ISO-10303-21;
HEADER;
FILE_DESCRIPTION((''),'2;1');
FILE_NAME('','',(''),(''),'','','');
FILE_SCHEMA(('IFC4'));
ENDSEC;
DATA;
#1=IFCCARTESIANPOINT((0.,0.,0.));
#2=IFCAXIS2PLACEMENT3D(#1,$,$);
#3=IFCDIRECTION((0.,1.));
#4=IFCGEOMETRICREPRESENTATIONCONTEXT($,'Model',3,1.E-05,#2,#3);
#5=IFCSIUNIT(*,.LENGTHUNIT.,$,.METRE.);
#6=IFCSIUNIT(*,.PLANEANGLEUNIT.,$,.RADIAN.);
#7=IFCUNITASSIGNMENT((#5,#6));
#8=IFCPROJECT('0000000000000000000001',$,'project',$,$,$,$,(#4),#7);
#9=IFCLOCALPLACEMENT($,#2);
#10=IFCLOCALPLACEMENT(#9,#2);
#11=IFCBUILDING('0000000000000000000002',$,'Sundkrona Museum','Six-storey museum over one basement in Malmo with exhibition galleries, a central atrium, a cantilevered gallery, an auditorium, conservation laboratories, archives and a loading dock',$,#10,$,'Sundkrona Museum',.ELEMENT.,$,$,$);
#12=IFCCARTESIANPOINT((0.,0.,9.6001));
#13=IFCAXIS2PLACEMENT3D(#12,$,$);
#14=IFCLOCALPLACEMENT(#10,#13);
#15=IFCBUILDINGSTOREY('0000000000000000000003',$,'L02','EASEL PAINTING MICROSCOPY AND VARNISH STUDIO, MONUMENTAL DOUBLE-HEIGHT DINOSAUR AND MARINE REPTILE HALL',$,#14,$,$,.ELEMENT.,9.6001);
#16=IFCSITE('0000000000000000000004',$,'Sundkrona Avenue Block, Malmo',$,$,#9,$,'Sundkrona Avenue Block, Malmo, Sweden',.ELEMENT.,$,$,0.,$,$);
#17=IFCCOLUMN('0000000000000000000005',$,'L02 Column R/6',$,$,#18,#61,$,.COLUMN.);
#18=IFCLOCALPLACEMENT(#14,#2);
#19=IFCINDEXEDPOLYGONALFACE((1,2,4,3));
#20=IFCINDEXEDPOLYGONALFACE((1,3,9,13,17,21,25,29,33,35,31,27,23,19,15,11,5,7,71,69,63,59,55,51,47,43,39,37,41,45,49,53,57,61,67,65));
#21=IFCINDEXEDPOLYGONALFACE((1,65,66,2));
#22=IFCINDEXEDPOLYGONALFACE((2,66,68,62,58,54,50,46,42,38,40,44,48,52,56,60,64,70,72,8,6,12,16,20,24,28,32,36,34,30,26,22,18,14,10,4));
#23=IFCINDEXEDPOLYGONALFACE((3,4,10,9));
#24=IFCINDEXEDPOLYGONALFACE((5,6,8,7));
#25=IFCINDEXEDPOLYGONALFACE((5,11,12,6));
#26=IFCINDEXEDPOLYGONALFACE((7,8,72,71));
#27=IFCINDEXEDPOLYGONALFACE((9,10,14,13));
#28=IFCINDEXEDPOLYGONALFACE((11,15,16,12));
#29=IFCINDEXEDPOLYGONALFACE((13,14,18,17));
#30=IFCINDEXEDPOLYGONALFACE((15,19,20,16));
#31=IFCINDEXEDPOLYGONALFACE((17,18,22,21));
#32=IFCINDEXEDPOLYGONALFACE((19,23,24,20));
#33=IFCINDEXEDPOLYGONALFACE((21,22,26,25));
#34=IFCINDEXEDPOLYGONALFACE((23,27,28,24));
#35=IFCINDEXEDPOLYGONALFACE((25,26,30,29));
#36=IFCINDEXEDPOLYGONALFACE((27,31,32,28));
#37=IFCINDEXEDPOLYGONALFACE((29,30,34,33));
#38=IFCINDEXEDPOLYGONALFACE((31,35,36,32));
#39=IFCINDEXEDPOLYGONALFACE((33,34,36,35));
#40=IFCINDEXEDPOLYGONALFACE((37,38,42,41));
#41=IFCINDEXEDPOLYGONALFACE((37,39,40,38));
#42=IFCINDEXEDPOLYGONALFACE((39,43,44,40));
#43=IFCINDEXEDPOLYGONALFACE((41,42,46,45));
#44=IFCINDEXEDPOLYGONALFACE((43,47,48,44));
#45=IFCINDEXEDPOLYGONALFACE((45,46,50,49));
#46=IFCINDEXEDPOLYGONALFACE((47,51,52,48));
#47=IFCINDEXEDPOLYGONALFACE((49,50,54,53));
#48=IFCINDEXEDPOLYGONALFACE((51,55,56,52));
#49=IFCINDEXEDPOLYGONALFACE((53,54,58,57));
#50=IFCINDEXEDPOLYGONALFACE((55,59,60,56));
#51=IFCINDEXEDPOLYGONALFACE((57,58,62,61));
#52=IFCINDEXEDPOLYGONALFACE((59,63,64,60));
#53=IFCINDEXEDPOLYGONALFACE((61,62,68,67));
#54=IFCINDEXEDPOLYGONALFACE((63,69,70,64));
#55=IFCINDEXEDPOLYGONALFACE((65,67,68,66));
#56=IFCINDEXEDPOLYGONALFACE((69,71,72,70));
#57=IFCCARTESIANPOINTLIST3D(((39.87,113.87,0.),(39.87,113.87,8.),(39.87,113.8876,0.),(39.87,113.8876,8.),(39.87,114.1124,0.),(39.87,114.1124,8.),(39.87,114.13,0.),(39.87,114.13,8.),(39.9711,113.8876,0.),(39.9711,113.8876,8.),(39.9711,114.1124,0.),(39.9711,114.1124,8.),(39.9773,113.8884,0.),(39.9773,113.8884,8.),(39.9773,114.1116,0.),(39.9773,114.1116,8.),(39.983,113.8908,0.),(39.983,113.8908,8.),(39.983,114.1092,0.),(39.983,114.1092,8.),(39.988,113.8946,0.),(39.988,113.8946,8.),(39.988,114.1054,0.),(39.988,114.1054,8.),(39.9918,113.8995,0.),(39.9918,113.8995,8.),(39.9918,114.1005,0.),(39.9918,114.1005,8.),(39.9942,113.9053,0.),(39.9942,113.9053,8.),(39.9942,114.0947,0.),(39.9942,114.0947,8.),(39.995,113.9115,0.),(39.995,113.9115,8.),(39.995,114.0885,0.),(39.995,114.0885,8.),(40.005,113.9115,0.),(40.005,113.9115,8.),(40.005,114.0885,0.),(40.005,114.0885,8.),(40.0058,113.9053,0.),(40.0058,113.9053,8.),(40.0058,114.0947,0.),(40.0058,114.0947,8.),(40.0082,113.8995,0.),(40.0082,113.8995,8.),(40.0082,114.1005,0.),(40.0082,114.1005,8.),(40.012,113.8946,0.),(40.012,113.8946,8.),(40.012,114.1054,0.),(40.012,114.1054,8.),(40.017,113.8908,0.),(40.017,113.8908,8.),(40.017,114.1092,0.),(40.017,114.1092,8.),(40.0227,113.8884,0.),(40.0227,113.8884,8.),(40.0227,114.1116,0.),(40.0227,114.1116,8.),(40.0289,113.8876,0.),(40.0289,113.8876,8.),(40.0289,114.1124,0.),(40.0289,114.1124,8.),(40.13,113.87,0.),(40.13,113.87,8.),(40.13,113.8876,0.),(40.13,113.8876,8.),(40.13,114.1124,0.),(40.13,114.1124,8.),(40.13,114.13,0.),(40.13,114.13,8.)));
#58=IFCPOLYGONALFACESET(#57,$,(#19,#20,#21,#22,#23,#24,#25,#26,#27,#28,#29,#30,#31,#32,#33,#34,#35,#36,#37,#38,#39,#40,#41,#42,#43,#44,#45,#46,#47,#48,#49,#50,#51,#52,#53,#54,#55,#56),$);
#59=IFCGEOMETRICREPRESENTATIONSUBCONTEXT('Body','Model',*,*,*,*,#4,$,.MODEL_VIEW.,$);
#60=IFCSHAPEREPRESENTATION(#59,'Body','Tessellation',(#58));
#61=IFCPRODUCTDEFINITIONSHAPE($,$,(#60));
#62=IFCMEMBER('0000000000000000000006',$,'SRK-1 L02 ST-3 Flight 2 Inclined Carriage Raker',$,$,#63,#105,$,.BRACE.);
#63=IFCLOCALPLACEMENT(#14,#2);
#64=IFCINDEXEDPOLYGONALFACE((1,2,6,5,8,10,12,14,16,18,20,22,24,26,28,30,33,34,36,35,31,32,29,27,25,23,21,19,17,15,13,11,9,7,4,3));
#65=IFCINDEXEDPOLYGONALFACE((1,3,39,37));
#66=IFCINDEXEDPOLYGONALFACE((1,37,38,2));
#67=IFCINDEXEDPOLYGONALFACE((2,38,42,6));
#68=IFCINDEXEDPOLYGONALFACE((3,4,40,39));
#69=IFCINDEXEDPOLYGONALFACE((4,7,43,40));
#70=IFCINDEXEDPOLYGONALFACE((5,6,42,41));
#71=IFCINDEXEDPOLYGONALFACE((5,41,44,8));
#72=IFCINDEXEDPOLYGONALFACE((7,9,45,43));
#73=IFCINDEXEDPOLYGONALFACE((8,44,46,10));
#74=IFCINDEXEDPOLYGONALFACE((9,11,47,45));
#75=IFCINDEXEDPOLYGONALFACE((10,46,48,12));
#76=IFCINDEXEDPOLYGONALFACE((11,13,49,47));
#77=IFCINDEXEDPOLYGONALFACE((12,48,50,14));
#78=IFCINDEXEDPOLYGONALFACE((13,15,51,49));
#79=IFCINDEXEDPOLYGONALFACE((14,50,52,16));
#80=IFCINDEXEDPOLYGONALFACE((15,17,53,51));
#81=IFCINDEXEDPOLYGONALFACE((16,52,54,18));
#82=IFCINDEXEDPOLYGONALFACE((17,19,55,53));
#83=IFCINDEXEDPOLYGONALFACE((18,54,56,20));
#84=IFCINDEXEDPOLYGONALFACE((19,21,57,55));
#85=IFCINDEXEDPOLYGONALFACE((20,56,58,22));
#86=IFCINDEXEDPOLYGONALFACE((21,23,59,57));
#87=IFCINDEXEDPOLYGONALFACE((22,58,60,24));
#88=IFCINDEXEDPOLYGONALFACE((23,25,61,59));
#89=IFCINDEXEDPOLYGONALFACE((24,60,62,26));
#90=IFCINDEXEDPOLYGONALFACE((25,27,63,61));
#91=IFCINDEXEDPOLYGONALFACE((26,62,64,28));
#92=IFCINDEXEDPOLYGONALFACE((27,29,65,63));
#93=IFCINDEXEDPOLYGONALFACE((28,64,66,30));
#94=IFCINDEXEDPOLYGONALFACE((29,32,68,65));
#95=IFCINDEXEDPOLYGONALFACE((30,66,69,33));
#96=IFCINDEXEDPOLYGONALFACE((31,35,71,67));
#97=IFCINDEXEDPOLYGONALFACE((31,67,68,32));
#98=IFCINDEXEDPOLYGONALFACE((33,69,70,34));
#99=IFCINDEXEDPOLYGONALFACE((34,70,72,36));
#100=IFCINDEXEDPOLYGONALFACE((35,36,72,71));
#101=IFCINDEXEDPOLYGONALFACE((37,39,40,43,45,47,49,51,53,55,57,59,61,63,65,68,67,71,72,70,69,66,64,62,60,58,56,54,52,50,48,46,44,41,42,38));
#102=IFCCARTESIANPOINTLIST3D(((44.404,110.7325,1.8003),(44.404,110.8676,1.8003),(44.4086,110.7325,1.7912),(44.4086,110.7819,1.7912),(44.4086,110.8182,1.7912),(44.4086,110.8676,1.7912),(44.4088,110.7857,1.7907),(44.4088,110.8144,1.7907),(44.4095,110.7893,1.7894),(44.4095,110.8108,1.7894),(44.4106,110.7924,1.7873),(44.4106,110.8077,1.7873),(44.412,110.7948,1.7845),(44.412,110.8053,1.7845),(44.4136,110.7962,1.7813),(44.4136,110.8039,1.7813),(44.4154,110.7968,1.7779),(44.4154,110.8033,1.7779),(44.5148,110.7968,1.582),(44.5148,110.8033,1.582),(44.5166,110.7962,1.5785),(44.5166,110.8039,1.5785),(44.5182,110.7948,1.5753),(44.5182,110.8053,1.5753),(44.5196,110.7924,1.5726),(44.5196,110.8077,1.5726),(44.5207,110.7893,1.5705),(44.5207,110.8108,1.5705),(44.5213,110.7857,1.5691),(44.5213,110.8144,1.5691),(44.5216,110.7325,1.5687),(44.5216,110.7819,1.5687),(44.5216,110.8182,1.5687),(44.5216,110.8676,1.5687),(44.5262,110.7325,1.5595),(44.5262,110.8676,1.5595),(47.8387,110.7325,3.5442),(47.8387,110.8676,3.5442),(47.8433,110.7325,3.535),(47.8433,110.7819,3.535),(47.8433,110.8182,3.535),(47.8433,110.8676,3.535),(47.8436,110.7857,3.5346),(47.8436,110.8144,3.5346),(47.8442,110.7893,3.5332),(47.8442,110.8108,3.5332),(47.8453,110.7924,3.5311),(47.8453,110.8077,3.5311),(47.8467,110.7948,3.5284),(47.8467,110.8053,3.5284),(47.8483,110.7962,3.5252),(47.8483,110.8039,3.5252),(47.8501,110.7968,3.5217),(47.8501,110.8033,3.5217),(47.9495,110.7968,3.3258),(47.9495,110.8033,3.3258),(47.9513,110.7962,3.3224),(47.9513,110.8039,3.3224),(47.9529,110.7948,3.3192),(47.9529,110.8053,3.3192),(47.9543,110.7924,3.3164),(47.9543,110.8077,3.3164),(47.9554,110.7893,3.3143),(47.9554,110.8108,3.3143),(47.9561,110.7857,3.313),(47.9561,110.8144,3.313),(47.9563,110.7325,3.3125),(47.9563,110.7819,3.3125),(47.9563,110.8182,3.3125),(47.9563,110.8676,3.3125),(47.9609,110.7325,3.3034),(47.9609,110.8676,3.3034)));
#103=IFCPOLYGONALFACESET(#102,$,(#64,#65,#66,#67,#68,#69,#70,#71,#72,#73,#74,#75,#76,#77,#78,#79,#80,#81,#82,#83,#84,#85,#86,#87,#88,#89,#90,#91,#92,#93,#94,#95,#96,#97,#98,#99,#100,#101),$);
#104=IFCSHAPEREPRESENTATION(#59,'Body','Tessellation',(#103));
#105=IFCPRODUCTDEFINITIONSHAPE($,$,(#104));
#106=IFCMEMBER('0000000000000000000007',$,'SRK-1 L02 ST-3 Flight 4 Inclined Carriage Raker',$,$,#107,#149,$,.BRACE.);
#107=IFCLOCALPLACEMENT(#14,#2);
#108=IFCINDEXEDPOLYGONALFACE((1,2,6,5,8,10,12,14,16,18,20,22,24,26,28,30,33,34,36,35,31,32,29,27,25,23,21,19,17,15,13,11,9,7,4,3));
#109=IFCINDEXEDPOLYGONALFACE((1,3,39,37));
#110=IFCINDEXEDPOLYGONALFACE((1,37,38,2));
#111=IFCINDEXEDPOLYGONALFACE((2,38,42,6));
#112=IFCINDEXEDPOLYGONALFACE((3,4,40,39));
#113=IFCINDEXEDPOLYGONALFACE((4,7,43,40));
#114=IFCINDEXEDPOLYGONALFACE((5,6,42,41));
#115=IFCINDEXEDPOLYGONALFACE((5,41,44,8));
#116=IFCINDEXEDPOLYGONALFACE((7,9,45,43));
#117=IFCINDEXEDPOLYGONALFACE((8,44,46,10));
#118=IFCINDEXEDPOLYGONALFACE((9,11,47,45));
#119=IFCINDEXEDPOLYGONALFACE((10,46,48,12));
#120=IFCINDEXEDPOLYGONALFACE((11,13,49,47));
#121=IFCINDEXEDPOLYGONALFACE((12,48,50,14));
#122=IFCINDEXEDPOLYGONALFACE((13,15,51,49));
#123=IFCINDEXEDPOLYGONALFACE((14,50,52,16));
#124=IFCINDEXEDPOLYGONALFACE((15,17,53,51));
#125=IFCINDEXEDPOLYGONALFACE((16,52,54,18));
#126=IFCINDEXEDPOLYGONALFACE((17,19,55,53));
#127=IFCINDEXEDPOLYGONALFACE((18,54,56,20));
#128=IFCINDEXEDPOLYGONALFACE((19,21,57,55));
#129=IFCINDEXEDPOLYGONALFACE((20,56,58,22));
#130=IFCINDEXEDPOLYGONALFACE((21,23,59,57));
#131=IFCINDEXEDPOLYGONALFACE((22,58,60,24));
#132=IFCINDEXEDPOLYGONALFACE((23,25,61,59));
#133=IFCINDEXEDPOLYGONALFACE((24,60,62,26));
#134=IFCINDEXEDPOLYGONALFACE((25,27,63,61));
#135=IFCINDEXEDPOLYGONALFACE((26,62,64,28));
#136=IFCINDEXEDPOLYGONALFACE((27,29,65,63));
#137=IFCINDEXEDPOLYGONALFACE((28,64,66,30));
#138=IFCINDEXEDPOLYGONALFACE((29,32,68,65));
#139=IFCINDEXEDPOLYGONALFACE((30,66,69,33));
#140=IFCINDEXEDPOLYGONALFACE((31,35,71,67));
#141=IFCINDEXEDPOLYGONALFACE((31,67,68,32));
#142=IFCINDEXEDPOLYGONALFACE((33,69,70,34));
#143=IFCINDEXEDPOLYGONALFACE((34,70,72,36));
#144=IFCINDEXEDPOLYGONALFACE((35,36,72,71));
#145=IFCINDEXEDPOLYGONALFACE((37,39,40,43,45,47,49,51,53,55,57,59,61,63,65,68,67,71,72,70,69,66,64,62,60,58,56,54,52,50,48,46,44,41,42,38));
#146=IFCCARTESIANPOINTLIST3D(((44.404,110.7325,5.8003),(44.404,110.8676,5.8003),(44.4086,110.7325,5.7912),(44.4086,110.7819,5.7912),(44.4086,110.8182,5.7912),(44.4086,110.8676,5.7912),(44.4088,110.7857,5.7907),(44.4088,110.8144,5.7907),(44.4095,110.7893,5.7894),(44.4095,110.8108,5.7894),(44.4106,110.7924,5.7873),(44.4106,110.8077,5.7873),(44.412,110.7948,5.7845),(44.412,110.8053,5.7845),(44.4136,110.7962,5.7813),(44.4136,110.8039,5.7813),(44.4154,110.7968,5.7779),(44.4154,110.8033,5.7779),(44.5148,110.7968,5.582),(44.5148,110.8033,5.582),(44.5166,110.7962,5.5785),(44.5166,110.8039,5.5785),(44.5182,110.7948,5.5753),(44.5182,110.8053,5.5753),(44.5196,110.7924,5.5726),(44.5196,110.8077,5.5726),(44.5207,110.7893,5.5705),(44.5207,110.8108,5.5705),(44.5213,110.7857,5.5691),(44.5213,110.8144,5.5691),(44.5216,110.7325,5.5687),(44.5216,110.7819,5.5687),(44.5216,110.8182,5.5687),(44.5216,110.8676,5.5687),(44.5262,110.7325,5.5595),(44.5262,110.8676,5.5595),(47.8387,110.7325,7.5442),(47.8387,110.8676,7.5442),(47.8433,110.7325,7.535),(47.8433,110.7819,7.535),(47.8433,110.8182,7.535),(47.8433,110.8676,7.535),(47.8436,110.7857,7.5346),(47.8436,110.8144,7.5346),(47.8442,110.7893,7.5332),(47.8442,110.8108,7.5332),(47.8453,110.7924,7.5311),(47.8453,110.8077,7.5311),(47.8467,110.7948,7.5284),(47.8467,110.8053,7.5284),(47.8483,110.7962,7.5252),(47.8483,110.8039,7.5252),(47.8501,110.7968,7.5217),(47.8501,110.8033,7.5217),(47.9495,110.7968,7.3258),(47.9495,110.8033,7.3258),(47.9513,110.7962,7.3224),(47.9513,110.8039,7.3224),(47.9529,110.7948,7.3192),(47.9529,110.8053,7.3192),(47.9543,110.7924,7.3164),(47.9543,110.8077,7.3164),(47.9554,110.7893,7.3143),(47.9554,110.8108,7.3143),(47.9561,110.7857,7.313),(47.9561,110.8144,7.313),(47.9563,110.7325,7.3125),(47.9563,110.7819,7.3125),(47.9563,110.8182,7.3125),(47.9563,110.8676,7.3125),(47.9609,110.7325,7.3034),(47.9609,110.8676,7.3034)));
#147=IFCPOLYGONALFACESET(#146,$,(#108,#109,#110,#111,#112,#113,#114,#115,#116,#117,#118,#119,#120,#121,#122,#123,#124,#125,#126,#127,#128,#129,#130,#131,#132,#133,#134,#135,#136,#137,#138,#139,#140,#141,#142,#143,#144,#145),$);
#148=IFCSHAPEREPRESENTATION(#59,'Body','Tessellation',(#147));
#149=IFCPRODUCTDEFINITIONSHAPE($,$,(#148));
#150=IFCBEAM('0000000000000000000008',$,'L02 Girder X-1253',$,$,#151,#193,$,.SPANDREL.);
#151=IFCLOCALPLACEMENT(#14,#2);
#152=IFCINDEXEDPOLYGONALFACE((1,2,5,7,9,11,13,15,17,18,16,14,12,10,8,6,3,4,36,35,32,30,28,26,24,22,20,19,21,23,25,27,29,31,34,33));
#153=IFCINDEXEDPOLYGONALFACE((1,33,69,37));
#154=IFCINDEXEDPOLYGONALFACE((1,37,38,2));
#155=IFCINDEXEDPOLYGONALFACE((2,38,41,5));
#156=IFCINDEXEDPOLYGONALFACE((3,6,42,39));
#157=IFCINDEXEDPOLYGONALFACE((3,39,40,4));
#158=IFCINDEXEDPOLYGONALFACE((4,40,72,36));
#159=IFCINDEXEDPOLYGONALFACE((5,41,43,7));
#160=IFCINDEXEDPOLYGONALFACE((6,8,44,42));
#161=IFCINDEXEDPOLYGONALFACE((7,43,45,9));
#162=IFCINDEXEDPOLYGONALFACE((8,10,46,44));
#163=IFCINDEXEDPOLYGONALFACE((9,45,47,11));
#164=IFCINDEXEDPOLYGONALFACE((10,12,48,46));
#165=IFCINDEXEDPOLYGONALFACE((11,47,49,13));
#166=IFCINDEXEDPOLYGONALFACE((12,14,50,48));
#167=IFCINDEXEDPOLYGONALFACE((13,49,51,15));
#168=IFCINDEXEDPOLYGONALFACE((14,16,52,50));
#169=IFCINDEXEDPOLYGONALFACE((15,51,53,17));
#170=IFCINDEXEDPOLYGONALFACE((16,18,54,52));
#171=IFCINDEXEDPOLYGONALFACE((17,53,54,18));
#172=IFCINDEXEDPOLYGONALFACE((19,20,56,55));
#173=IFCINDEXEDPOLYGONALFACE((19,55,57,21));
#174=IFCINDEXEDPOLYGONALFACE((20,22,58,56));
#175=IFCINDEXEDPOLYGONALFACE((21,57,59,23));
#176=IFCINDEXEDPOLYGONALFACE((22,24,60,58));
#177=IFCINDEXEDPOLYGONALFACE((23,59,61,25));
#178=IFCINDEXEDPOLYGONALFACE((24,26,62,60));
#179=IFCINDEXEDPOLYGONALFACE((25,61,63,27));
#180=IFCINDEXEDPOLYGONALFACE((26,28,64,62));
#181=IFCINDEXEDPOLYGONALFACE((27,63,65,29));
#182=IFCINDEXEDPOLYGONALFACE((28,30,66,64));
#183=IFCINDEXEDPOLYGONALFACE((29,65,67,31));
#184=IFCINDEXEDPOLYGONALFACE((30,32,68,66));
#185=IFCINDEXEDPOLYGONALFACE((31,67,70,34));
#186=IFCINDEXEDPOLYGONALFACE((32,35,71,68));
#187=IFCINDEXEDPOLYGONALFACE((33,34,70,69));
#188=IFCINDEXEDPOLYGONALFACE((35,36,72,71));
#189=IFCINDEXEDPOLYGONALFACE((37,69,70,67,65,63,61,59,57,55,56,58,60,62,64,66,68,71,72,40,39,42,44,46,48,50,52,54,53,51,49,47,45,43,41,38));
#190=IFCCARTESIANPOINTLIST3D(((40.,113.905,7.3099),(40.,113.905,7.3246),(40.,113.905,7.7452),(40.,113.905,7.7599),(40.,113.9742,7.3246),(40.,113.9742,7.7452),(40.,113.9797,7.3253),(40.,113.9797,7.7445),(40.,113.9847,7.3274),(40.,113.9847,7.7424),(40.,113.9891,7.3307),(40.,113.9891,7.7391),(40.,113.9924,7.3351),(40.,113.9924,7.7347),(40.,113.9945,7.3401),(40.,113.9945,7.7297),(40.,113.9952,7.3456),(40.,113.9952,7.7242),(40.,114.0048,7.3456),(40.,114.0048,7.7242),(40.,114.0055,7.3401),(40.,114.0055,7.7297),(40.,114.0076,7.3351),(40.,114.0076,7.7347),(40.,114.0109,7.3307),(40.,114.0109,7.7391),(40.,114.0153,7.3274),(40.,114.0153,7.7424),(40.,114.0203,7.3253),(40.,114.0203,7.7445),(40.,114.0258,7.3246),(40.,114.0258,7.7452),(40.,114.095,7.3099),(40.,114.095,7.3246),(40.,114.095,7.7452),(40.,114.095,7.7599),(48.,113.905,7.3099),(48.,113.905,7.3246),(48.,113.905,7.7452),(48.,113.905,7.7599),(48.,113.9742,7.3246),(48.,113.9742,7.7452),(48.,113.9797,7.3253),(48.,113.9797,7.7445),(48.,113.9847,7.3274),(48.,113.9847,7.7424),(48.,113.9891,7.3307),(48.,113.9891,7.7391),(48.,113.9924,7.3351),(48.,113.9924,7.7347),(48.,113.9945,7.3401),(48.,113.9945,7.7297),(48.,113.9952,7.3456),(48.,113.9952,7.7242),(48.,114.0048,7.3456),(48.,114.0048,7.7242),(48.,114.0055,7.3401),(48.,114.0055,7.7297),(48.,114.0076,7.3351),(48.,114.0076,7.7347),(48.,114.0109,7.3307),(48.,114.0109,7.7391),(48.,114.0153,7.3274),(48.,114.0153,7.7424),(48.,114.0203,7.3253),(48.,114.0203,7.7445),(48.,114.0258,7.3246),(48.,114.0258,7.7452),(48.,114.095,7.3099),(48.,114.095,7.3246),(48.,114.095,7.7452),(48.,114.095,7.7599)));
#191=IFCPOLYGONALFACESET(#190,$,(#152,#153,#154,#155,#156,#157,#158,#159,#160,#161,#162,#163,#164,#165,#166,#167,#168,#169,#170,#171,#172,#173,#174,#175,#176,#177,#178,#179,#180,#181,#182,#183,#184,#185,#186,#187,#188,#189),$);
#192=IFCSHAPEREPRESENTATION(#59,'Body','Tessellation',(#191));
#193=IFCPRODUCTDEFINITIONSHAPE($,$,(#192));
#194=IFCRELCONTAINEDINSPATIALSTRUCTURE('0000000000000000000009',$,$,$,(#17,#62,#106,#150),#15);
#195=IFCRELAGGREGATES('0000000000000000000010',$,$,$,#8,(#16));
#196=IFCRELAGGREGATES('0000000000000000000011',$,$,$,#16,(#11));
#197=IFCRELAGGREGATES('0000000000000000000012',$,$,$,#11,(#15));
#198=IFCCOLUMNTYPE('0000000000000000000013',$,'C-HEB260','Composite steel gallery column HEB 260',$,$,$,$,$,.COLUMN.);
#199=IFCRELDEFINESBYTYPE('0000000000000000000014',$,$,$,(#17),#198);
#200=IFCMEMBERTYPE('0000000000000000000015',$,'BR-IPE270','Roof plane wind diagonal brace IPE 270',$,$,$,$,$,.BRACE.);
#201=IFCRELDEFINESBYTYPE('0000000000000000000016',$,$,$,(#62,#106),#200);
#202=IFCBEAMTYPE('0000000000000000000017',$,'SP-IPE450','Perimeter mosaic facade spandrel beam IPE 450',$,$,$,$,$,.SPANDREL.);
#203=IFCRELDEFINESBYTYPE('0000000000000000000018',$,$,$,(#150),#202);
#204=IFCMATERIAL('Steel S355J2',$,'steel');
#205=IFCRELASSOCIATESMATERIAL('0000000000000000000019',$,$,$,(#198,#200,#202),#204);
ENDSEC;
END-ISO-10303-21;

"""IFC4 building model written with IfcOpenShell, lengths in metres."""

from ifc_helpers import new_model, si_unit, direction, frame, origin, origin_2d, place, context, subcontext, project, spatial, i_section, extrude, material, material_profile, profile_set, type_object, element, save


model = new_model("IFC4")

# Units and contexts
model_context = context("Model", 3, precision=1e-05, world=origin(), true_north=direction((0.0, 1.0)))
body_context = subcontext(model_context, "Body", "Model", "MODEL_VIEW")
ifc_project = project(units=[si_unit("LENGTHUNIT", "METRE"), si_unit("PLANEANGLEUNIT", "RADIAN")], contexts=[model_context])

# Site, building, storey
site_placement = place(None, origin())
site = spatial("IfcSite", under=ifc_project, at=site_placement, Name="Sundkrona Avenue Block, Malmo", LongName="Sundkrona Avenue Block, Malmo, Sweden", CompositionType="ELEMENT", RefElevation=0.0)
building_placement = place(site_placement, origin())
building = spatial("IfcBuilding", under=site, at=building_placement, Name="Sundkrona Museum", Description="Six-storey museum over one basement in Malmo with exhibition galleries, a central atrium, a cantilevered gallery, an auditorium, conservation laboratories, archives and a loading dock", LongName="Sundkrona Museum", CompositionType="ELEMENT")
storey_placement = place(building_placement, frame((0.0, 0.0, 9.6001)))
storey = spatial("IfcBuildingStorey", under=building, at=storey_placement, Name="L02", Description="EASEL PAINTING MICROSCOPY AND VARNISH STUDIO, MONUMENTAL DOUBLE-HEIGHT DINOSAUR AND MARINE REPTILE HALL", CompositionType="ELEMENT", Elevation=9.6001)

# Column
ifc_material_1 = material(Name="Steel S355J2", Category="steel")
ifc_material_profile_1 = material_profile(ifc_material_1, i_section(OverallWidth=0.26, OverallDepth=0.26, WebThickness=0.01, FlangeThickness=0.0176, FilletRadius=0.0239, at=origin_2d()), Name="HEB 260")
ifc_profile_set_1 = profile_set([ifc_material_profile_1], Name="Steel S355J2")
column_type = type_object("IfcColumnType", Name="C-HEB260", Description="Composite steel gallery column HEB 260", PredefinedType="COLUMN", material=ifc_profile_set_1)
column_placement = place(storey_placement, frame((40.0, 114.0, 0.0), z_axis=(0.0, 0.0, 1.0), x_axis=(1.0, 0.0, 0.0)))
element("IfcColumn", 1, at=column_placement, inside=storey, type_object=column_type, Name="L02 Column R/6", PredefinedType="COLUMN", context=body_context, shape_type="SweptSolid", body=[
    extrude(i_section(OverallWidth=0.26, OverallDepth=0.26, WebThickness=0.01, FlangeThickness=0.0176, FilletRadius=0.0239, at=origin_2d()), origin(), (0.0, 0.0, 1.0), 8.0),
])

# Members
ifc_material_profile_2 = material_profile(ifc_material_1, i_section(OverallWidth=0.135, OverallDepth=0.27, WebThickness=0.0066, FlangeThickness=0.0103, FilletRadius=0.0149, at=origin_2d()), Name="IPE 270")
ifc_profile_set_2 = profile_set([ifc_material_profile_2], Name="Steel S355J2")
member_type = type_object("IfcMemberType", Name="BR-IPE270", Description="Roof plane wind diagonal brace IPE 270", PredefinedType="BRACE", material=ifc_profile_set_2)
for number, where, z_axis, x_axis, name in (
    (2, (44.4651, 110.8, 1.6799), (0.89166, 0.0, 0.452706), (0.0, 1.0, 0.0), "SRK-1 L02 ST-3 Flight 2 Inclined Carriage Raker"),
    (3, (44.4651, 110.8, 5.6799), (0.89166, 0.0, 0.452706), (0.0, 1.0, 0.0), "SRK-1 L02 ST-3 Flight 4 Inclined Carriage Raker"),
):
    element("IfcMember", number, at=place(storey_placement, frame(where, z_axis=z_axis, x_axis=x_axis)), inside=storey, type_object=member_type, Name=name, PredefinedType="BRACE", context=body_context, shape_type="SweptSolid", body=[
        extrude(i_section(OverallWidth=0.135, OverallDepth=0.27, WebThickness=0.0066, FlangeThickness=0.0103, FilletRadius=0.0149, at=origin_2d()), origin(), (0.0, 0.0, 1.0), 3.8521),
    ])

# Beam
ifc_material_profile_3 = material_profile(ifc_material_1, i_section(OverallWidth=0.1899, OverallDepth=0.45, WebThickness=0.0095, FlangeThickness=0.0146, FilletRadius=0.021, at=origin_2d()), Name="IPE 450")
ifc_profile_set_3 = profile_set([ifc_material_profile_3], Name="Steel S355J2")
beam_type = type_object("IfcBeamType", Name="SP-IPE450", Description="Perimeter mosaic facade spandrel beam IPE 450", PredefinedType="SPANDREL", material=ifc_profile_set_3)
beam_placement = place(storey_placement, frame((40.0, 114.0, 7.5349), z_axis=(1.0, 0.0, 0.0), x_axis=(0.0, 1.0, 0.0)))
element("IfcBeam", 4, at=beam_placement, inside=storey, type_object=beam_type, Name="L02 Girder X-1253", PredefinedType="SPANDREL", context=body_context, shape_type="SweptSolid", body=[
    extrude(i_section(OverallWidth=0.1899, OverallDepth=0.45, WebThickness=0.0095, FlangeThickness=0.0146, FilletRadius=0.021, at=origin_2d()), origin(), (0.0, 0.0, 1.0), 8.0),
])

save(model, "model.ifc")
